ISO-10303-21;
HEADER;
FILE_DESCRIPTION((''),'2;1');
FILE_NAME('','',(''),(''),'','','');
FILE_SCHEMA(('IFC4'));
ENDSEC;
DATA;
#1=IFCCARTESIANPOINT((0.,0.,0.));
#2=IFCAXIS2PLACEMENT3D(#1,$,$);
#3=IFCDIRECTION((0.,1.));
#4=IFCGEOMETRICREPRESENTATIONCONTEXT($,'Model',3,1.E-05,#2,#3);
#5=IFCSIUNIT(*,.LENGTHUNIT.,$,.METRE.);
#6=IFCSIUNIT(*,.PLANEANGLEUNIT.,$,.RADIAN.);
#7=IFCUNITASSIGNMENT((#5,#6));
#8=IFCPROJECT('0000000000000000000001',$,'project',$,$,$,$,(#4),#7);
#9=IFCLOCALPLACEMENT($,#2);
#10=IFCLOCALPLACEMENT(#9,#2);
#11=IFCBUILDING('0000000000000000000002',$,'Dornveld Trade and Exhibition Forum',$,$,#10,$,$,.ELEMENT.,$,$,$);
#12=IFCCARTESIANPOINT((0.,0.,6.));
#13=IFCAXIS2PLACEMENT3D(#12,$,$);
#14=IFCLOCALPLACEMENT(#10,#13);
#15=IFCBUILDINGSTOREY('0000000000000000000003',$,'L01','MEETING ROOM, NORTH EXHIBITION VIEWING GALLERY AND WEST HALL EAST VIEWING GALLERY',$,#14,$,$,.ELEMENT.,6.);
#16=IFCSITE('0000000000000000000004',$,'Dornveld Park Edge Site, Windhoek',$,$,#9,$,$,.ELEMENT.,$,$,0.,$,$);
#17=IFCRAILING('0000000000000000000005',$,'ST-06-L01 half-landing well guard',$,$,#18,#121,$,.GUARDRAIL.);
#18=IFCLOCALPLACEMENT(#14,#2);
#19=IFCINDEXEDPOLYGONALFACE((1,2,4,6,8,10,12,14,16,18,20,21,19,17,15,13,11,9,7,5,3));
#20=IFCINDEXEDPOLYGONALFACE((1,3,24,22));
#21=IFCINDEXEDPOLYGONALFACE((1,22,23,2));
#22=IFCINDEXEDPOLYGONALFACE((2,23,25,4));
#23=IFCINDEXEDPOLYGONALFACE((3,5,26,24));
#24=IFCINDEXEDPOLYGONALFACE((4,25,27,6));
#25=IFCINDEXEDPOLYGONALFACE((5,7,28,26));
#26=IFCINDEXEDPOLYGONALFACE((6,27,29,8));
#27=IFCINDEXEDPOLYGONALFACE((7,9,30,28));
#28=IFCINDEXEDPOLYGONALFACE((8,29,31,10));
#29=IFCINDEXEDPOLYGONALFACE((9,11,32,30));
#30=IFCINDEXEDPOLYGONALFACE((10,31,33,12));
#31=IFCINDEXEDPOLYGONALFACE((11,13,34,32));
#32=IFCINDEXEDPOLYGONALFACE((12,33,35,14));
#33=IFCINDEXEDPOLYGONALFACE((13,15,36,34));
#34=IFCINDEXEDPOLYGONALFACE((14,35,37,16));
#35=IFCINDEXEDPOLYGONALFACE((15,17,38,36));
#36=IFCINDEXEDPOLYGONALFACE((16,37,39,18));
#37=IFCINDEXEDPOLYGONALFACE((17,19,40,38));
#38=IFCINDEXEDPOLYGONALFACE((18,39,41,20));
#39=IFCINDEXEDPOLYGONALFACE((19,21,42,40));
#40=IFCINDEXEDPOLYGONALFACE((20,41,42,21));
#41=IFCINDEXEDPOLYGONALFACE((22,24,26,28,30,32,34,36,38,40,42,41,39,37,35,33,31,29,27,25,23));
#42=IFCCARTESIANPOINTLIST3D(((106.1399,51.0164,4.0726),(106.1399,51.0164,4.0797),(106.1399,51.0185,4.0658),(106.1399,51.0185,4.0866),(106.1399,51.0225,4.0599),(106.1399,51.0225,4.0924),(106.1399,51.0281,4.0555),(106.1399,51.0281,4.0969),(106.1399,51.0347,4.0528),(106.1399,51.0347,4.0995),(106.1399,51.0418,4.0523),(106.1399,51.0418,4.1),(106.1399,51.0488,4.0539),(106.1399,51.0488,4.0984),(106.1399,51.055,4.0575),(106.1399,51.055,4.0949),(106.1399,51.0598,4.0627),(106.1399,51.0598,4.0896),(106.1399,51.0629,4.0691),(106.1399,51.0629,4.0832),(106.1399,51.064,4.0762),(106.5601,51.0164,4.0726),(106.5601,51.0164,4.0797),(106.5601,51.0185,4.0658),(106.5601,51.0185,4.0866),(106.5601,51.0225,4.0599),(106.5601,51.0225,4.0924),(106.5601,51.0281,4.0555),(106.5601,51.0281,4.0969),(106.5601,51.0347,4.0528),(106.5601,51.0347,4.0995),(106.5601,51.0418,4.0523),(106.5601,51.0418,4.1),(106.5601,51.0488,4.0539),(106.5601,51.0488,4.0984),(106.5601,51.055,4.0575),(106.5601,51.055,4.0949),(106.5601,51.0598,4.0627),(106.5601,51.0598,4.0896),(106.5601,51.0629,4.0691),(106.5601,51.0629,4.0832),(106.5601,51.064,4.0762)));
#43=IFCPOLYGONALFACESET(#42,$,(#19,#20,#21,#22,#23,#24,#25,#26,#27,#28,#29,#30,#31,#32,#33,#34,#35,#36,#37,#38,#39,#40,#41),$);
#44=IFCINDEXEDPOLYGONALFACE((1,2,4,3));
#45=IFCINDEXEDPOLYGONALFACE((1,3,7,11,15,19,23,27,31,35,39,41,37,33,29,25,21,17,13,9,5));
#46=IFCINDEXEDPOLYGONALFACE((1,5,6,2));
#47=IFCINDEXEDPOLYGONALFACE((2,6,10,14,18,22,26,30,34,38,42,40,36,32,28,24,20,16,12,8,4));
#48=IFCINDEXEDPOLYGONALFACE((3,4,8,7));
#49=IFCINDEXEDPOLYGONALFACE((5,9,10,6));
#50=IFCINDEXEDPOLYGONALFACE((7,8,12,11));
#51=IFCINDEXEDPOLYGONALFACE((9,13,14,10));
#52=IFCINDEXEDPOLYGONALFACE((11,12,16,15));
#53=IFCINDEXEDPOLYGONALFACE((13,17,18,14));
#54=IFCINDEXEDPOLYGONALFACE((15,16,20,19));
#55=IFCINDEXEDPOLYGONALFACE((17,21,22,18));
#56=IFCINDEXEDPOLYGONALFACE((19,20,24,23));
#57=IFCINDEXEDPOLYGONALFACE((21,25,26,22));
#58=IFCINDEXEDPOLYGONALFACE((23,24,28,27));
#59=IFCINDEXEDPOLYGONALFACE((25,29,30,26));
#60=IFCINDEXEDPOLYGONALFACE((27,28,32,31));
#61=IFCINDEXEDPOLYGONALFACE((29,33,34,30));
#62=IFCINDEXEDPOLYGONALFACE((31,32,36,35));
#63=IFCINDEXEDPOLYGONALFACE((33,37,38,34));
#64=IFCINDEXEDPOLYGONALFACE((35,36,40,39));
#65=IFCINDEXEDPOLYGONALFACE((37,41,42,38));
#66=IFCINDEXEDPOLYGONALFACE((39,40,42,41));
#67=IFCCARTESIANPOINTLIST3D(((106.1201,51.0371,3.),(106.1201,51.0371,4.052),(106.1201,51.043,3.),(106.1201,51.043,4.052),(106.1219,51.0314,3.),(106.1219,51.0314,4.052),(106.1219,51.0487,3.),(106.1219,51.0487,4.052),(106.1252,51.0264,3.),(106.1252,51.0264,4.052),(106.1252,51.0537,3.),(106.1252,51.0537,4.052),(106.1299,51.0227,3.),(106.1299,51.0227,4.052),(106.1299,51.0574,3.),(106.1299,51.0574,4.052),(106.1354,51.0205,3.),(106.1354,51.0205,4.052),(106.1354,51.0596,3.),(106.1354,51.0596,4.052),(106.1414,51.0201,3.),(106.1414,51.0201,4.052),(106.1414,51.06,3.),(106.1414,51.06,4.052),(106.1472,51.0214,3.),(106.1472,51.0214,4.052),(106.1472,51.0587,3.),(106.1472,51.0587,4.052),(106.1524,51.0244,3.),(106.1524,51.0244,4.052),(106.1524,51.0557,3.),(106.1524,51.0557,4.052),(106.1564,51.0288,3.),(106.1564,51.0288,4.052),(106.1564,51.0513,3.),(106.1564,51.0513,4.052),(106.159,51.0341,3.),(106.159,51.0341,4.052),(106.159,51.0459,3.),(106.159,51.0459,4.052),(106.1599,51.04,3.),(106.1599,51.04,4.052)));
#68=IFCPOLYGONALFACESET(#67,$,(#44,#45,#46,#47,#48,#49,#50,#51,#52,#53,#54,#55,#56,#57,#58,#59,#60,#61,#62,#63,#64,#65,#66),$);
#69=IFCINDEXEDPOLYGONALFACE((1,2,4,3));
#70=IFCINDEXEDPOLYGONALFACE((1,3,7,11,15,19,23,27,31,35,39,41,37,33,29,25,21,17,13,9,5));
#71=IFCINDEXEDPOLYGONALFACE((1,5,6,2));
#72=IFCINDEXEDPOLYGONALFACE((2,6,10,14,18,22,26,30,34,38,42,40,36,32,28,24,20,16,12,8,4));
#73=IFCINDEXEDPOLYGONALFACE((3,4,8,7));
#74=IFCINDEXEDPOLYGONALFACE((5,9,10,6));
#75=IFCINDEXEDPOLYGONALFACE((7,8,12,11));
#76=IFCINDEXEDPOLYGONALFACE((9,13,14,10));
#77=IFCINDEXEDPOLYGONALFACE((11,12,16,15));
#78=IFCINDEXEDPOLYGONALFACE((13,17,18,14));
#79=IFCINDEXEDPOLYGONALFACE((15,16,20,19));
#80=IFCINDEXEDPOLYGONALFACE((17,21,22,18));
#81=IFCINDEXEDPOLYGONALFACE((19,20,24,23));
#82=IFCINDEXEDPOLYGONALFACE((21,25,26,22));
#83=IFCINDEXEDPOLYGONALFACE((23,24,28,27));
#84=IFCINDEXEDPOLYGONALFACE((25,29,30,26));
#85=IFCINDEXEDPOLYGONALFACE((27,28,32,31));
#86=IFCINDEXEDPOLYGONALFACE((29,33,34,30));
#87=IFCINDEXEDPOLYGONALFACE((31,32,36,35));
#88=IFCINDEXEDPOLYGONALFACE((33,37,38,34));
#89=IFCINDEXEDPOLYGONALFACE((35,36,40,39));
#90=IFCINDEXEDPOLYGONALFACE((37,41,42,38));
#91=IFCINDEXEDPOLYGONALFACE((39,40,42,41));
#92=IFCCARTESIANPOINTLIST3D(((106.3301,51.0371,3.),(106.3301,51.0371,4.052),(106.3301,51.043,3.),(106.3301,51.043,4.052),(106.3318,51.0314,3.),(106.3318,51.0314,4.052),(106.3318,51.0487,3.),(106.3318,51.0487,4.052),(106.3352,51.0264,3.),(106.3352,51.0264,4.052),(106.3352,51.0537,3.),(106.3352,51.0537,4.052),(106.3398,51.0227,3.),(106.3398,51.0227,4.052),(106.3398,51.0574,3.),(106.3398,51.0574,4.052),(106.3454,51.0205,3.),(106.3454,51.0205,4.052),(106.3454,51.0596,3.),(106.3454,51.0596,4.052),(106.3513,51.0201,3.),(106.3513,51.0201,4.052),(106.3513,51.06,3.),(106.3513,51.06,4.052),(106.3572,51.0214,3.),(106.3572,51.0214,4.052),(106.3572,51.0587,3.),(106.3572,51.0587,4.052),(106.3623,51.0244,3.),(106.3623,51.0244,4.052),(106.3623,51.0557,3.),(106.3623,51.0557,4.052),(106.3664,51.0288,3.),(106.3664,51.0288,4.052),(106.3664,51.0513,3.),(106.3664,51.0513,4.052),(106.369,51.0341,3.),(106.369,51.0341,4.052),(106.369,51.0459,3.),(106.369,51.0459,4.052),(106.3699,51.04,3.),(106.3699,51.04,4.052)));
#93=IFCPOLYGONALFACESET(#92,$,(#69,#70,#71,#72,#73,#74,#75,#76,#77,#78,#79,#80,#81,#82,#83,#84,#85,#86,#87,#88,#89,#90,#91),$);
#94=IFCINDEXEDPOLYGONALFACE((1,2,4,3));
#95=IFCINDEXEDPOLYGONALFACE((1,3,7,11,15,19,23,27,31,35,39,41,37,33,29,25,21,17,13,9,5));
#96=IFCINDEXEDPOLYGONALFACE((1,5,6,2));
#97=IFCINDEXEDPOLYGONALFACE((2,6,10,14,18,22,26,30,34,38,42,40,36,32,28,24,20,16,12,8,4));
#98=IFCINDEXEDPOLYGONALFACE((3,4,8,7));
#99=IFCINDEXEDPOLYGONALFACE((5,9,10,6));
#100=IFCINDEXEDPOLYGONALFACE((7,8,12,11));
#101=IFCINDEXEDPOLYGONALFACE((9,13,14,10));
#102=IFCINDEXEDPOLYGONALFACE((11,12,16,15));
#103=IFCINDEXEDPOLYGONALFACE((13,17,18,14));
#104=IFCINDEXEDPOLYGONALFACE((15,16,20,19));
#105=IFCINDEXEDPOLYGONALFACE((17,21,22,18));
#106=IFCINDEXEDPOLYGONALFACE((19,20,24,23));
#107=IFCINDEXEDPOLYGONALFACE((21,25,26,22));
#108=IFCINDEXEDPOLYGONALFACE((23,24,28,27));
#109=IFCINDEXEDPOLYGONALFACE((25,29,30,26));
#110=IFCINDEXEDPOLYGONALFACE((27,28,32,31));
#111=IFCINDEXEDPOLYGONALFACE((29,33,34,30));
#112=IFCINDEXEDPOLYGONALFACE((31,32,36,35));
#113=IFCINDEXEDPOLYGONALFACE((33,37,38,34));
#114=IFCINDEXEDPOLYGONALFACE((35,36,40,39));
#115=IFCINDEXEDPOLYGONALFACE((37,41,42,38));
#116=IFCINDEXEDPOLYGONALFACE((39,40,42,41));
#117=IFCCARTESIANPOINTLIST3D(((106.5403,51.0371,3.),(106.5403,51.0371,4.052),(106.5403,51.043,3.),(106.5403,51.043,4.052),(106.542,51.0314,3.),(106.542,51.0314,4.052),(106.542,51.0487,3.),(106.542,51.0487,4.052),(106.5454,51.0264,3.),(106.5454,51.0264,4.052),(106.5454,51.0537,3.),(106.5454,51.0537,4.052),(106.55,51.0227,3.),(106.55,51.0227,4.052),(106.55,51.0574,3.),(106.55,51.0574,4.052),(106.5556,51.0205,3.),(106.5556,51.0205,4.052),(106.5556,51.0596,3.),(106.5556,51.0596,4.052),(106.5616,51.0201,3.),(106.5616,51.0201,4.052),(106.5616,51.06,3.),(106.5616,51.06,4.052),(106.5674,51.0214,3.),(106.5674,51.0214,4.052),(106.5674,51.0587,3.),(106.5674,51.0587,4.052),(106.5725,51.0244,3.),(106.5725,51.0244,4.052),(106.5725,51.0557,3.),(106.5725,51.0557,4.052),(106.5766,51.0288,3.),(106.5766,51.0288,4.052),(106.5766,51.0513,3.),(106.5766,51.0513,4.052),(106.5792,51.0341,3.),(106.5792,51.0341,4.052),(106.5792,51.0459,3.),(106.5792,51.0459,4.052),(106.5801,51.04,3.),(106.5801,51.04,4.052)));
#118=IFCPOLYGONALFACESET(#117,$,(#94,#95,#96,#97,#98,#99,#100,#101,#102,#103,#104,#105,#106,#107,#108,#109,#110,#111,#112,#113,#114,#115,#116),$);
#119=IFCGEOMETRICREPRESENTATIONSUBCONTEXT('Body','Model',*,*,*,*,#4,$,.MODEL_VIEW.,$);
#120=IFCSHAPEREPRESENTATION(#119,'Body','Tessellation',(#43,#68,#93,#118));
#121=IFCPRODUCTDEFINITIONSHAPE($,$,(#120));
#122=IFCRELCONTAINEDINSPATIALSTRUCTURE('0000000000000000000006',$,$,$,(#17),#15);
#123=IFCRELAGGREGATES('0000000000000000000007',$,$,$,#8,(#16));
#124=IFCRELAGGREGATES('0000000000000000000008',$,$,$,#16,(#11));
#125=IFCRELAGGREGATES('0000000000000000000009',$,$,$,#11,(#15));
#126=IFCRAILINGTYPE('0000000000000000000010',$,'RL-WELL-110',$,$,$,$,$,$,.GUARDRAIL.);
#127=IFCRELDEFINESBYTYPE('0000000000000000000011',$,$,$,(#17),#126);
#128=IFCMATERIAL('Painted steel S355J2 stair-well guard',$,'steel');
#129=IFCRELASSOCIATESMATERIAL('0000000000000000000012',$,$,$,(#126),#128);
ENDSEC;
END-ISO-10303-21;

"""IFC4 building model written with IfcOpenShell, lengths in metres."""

from ifc_helpers import new_model, si_unit, direction, frame, origin, origin_2d, place, context, subcontext, project, spatial, circle, extrude, material, type_object, element, save


model = new_model("IFC4")

# Units and contexts
model_context = context("Model", 3, precision=1e-05, world=origin(), true_north=direction((0.0, 1.0)))
body_context = subcontext(model_context, "Body", "Model", "MODEL_VIEW")
ifc_project = project(units=[si_unit("LENGTHUNIT", "METRE"), si_unit("PLANEANGLEUNIT", "RADIAN")], contexts=[model_context])

# Site, building, storey
site_placement = place(None, origin())
site = spatial("IfcSite", under=ifc_project, at=site_placement, Name="Dornveld Park Edge Site, Windhoek", CompositionType="ELEMENT", RefElevation=0.0)
building_placement = place(site_placement, origin())
building = spatial("IfcBuilding", under=site, at=building_placement, Name="Dornveld Trade and Exhibition Forum", CompositionType="ELEMENT")
storey_placement = place(building_placement, frame((0.0, 0.0, 6.0)))
storey = spatial("IfcBuildingStorey", under=building, at=storey_placement, Name="L01", Description="MEETING ROOM, NORTH EXHIBITION VIEWING GALLERY AND WEST HALL EAST VIEWING GALLERY", CompositionType="ELEMENT", Elevation=6.0)

# Railing
ifc_material_1 = material(Name="Painted steel S355J2 stair-well guard", Category="steel")
railing_type_1 = type_object("IfcRailingType", Name="RL-WELL-110", PredefinedType="GUARDRAIL", material=ifc_material_1)
railing_1_placement = place(storey_placement, frame((106.1399, 51.04, 3.0)))
element("IfcRailing", 1, at=railing_1_placement, inside=storey, type_object=railing_type_1, Name="ST-06-L01 half-landing well guard", PredefinedType="GUARDRAIL", context=body_context, shape_type="SweptSolid", body=[
    extrude(circle(Radius=0.0239, at=origin_2d()), frame((0.0, 0.0, 1.0762), z_axis=(1.0, 0.0, 0.0), x_axis=(0.0, 1.0, 0.0)), (0.0, 0.0, 1.0), 0.4202),
    extrude(circle(Radius=0.02, at=origin_2d()), origin(), (0.0, 0.0, 1.0), 1.052),
    extrude(circle(Radius=0.02, at=origin_2d()), frame((0.21, 0.0, 0.0)), (0.0, 0.0, 1.0), 1.052),
    extrude(circle(Radius=0.02, at=origin_2d()), frame((0.4202, 0.0, 0.0)), (0.0, 0.0, 1.0), 1.052),
])

save(model, "model.ifc")
